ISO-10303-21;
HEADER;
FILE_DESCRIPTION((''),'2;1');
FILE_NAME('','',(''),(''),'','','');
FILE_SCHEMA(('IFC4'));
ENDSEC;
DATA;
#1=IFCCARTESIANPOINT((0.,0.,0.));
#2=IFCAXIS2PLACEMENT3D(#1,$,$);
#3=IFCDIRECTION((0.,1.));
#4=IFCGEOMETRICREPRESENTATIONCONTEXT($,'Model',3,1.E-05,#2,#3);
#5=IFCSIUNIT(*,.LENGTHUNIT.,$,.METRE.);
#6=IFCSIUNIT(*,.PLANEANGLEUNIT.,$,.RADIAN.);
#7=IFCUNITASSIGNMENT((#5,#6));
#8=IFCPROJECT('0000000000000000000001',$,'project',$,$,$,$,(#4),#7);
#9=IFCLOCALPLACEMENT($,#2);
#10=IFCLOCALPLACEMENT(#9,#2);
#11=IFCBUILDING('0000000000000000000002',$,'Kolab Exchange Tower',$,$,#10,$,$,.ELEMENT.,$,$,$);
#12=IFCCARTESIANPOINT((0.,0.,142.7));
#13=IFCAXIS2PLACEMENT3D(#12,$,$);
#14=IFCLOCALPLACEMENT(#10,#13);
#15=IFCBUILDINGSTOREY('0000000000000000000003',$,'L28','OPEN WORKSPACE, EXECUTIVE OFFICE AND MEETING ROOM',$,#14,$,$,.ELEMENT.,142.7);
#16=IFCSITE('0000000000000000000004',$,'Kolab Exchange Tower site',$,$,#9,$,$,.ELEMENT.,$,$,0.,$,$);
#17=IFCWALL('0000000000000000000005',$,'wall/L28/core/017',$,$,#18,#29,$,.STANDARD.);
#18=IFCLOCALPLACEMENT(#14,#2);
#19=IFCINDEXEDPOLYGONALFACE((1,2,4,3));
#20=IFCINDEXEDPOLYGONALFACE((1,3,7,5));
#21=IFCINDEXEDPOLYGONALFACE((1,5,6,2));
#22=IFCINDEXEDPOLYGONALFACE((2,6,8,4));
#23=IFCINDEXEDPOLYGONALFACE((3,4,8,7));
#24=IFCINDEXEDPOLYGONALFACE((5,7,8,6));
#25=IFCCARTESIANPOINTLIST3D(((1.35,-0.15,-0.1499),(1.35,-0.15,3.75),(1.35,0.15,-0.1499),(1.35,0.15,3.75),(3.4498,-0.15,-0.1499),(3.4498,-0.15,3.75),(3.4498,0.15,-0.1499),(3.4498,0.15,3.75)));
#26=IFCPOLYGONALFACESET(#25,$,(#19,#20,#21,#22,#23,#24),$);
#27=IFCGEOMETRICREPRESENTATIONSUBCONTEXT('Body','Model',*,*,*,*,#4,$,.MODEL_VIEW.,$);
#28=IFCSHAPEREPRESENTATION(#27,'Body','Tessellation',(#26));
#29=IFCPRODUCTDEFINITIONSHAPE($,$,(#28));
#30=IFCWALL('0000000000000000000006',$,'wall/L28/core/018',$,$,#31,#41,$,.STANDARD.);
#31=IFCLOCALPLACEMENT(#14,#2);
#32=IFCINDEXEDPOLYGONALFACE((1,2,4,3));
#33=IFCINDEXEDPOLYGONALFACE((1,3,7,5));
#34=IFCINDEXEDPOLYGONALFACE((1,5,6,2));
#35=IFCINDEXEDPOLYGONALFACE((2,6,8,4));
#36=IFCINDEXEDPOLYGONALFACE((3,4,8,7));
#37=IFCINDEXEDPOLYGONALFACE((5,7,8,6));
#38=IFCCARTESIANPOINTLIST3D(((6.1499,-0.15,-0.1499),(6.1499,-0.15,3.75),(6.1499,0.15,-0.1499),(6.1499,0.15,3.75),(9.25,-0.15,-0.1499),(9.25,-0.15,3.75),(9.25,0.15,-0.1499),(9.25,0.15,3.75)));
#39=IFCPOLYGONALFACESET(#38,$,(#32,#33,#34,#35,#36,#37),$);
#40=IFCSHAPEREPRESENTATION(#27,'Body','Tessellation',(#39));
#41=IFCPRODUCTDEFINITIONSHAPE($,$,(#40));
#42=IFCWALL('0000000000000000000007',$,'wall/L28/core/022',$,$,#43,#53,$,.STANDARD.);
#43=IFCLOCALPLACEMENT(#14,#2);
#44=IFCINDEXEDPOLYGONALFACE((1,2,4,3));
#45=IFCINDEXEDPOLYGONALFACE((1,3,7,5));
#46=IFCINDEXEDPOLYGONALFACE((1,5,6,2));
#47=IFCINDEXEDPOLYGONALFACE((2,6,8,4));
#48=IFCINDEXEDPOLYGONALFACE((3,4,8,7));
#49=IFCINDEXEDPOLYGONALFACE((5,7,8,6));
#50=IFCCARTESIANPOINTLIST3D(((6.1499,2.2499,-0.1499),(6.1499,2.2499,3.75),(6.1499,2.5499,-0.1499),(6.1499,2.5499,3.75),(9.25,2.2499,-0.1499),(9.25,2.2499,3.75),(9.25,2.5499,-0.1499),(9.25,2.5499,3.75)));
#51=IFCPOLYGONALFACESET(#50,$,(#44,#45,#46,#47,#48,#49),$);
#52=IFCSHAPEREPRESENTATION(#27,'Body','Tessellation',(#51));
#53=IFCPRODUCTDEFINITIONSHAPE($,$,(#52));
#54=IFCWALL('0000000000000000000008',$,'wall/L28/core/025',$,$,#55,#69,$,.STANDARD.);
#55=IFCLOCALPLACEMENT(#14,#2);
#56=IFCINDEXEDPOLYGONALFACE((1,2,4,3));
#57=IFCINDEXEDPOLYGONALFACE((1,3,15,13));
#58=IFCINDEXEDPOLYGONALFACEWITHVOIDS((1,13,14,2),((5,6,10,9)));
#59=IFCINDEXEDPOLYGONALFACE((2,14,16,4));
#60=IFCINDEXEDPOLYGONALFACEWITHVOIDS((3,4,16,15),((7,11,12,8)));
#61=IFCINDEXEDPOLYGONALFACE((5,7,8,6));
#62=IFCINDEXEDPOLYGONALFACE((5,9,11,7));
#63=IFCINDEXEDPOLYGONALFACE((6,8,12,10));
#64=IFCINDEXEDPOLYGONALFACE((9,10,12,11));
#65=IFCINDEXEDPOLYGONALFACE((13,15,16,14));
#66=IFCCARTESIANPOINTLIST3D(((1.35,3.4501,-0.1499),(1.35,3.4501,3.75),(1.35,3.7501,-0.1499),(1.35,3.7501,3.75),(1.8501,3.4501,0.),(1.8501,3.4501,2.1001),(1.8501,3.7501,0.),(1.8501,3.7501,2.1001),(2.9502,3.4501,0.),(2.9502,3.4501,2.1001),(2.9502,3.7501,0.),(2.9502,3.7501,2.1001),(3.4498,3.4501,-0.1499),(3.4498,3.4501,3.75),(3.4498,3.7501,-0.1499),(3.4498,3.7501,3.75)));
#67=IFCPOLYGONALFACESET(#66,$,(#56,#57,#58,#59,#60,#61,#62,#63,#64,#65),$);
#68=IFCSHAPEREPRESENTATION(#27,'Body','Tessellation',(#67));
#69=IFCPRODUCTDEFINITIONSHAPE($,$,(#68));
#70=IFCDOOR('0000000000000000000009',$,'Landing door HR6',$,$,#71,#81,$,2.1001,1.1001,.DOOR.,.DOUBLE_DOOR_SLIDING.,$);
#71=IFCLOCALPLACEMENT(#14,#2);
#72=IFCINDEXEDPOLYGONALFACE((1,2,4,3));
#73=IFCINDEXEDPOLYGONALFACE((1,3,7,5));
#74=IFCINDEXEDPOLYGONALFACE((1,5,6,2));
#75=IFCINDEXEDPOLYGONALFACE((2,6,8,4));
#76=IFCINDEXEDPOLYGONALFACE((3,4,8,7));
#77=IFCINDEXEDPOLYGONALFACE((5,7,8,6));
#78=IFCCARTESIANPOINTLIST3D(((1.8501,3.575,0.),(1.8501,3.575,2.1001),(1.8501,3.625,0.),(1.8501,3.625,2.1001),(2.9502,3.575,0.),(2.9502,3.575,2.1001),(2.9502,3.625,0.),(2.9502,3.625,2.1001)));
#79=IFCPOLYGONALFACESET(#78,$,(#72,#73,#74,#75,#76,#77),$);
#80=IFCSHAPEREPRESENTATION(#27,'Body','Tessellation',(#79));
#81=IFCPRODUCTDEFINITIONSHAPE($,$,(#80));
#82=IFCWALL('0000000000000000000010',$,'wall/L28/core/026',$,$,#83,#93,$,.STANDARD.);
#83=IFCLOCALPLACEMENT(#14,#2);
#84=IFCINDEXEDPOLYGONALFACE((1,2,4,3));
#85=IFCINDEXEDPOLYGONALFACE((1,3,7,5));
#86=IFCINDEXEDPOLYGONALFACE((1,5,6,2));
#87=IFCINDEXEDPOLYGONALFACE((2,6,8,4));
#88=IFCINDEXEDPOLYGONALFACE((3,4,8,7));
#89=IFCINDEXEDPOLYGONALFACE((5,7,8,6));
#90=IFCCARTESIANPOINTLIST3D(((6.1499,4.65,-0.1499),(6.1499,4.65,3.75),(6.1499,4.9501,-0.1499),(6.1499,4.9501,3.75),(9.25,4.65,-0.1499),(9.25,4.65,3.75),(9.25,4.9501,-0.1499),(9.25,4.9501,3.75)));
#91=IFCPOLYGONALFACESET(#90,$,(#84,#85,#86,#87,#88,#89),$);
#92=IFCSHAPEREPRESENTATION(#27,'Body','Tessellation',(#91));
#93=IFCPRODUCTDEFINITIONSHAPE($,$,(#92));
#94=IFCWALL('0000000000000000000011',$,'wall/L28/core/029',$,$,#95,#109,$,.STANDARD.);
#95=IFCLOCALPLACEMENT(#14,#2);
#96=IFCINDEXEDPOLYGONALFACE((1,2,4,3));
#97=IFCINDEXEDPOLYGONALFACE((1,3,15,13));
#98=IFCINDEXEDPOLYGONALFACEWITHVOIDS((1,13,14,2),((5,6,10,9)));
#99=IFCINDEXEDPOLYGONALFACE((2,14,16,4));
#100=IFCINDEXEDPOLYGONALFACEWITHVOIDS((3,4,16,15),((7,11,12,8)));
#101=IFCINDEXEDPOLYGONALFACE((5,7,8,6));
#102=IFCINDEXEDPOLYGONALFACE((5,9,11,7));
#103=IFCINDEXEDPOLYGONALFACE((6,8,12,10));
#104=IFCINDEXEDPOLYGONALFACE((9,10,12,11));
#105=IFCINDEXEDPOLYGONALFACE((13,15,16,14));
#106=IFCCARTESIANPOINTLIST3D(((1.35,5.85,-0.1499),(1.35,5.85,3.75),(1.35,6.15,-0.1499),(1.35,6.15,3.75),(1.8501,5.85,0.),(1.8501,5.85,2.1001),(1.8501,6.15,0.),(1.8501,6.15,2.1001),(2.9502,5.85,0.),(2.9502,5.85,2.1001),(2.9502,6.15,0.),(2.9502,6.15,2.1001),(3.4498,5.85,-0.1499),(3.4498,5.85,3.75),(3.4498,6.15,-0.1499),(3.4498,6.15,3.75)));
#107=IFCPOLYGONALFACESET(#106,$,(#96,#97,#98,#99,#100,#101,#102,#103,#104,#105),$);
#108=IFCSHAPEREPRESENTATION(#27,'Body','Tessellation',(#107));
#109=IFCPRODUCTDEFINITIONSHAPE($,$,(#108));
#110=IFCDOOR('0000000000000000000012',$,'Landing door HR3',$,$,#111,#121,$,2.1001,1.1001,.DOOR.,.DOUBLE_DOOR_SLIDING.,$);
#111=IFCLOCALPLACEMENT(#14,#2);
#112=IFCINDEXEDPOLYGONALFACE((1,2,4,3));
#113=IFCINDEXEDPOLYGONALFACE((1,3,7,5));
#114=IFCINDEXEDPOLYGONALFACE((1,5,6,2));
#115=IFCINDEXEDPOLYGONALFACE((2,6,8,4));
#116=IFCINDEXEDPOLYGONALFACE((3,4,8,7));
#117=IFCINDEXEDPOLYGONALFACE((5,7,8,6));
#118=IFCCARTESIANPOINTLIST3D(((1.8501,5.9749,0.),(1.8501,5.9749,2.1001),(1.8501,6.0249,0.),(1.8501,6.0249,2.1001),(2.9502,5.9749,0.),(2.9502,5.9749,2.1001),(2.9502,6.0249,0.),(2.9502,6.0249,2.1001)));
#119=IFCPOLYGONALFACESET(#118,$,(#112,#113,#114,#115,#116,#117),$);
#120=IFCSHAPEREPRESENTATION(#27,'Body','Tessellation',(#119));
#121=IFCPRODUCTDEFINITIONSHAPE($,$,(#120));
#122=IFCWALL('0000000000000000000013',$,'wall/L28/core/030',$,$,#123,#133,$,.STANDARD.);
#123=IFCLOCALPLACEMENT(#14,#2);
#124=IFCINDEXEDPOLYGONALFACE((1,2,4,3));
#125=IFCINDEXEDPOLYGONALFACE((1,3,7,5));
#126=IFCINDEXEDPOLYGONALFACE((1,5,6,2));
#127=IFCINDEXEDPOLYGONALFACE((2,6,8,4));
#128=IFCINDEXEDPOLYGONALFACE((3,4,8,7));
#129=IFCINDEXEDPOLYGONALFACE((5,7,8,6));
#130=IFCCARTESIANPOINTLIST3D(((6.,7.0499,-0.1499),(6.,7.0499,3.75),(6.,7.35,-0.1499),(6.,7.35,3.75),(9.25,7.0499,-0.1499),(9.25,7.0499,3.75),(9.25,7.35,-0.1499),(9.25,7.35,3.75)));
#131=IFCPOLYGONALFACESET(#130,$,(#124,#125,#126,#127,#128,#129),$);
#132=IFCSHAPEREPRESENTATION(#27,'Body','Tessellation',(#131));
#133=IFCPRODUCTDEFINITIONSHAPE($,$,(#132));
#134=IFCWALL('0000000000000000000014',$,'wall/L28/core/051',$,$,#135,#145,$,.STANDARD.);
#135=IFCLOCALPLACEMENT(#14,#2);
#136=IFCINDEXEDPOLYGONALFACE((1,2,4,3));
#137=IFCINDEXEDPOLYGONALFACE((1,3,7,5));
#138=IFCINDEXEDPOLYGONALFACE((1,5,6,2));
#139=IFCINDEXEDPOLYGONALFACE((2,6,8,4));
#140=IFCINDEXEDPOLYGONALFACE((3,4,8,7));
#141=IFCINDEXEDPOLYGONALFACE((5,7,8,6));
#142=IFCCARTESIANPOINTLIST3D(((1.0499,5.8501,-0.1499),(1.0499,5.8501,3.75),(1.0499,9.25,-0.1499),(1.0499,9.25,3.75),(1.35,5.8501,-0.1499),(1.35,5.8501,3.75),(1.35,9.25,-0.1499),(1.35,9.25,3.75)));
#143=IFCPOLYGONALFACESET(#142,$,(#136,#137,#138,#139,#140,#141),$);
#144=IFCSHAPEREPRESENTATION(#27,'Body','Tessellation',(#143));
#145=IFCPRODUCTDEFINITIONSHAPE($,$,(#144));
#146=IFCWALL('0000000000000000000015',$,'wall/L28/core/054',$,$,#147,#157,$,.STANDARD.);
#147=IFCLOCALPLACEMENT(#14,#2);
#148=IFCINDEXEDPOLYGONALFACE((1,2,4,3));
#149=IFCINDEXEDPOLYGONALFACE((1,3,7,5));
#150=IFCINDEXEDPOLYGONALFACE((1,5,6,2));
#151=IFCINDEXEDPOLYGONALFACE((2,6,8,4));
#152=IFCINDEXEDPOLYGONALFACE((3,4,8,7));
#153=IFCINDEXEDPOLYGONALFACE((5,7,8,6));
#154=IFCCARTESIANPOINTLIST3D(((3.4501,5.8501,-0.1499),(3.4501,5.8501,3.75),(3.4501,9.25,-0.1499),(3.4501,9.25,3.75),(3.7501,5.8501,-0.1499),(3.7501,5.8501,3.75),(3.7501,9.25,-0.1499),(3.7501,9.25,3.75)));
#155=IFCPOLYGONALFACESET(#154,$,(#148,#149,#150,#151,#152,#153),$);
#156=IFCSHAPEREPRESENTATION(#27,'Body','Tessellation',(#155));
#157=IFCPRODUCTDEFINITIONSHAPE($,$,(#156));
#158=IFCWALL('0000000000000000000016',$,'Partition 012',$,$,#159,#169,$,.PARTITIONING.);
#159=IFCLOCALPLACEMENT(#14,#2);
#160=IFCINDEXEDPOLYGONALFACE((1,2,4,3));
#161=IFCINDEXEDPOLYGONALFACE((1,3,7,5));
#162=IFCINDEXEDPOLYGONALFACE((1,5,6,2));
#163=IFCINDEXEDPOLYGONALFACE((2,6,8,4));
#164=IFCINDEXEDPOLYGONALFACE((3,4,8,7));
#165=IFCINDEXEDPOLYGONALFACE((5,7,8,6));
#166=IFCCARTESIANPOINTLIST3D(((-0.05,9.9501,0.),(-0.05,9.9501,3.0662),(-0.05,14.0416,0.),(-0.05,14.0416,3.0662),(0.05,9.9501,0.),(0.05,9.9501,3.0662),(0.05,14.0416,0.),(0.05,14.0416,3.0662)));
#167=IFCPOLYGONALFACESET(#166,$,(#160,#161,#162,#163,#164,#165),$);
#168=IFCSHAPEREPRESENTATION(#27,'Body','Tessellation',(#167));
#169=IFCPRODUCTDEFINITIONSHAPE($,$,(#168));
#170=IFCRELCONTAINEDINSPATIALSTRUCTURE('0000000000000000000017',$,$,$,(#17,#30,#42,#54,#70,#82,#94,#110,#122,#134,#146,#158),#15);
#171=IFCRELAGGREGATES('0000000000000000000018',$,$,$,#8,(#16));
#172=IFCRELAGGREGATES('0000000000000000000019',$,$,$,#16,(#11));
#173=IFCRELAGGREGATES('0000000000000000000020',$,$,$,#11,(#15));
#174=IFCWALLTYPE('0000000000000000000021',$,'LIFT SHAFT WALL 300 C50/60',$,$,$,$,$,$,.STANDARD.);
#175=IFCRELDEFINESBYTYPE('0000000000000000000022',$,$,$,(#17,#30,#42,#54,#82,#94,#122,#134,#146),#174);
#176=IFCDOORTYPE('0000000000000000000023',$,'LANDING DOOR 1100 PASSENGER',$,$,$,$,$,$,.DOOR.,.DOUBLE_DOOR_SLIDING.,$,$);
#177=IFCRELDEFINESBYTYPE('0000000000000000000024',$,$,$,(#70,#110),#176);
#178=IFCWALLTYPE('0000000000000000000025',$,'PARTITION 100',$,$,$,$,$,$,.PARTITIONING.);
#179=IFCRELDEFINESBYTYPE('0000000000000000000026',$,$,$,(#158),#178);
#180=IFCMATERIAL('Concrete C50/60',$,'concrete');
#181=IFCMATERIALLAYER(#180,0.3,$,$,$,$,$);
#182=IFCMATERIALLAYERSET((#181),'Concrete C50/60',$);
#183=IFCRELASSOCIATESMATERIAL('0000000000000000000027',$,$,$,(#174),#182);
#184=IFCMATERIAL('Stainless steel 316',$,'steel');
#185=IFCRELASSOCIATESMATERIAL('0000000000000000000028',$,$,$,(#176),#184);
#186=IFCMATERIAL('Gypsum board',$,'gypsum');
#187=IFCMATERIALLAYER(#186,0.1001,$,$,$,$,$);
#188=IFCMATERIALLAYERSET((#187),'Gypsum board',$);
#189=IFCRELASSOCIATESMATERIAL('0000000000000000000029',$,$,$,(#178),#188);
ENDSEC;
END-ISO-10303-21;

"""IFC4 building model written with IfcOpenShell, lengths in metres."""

from ifc_helpers import new_model, si_unit, direction, frame, frame_2d, origin, place, context, subcontext, project, spatial, rectangle, extrude, material, layer, layer_set, type_object, element, fill, save


model = new_model("IFC4")

# Units and contexts
model_context = context("Model", 3, precision=1e-05, world=origin(), true_north=direction((0.0, 1.0)))
body_context = subcontext(model_context, "Body", "Model", "MODEL_VIEW")
ifc_project = project(units=[si_unit("LENGTHUNIT", "METRE"), si_unit("PLANEANGLEUNIT", "RADIAN")], contexts=[model_context])

# Site, building, storey
site_placement = place(None, origin())
site = spatial("IfcSite", under=ifc_project, at=site_placement, Name="Kolab Exchange Tower site", CompositionType="ELEMENT", RefElevation=0.0)
building_placement = place(site_placement, origin())
building = spatial("IfcBuilding", under=site, at=building_placement, Name="Kolab Exchange Tower", CompositionType="ELEMENT")
storey_placement = place(building_placement, frame((0.0, 0.0, 142.7)))
storey = spatial("IfcBuildingStorey", under=building, at=storey_placement, Name="L28", Description="OPEN WORKSPACE, EXECUTIVE OFFICE AND MEETING ROOM", CompositionType="ELEMENT", Elevation=142.7)

# Shared definitions
ifc_material_1 = material(Name="Concrete C50/60", Category="concrete")

# Walls
ifc_layer_1 = layer(ifc_material_1, 0.3)
ifc_layer_set_1 = layer_set([ifc_layer_1], Name="Concrete C50/60")
wall_type_1 = type_object("IfcWallType", Name="LIFT SHAFT WALL 300 C50/60", PredefinedType="STANDARD", material=ifc_layer_set_1)
wall_1_placement = place(storey_placement, frame((1.3501, 0.0, -0.1499), z_axis=(0.0, 0.0, 1.0), x_axis=(1.0, 0.0, 0.0)))
element("IfcWall", 1, at=wall_1_placement, inside=storey, type_object=wall_type_1, Name="wall/L28/core/017", PredefinedType="STANDARD", context=body_context, shape_type="SweptSolid", body=[
    extrude(rectangle(XDim=2.0999, YDim=0.3, at=frame_2d((1.0498, 0.0))), origin(), (0.0, 0.0, 1.0), 3.8999),
])
for number, where, z_axis, x_axis, name in (
    (2, (6.1499, 0.0, -0.1499), (0.0, 0.0, 1.0), (1.0, 0.0, 0.0), "wall/L28/core/018"),
    (3, (6.1499, 2.3999, -0.1499), (0.0, 0.0, 1.0), (1.0, 0.0, 0.0), "wall/L28/core/022"),
):
    element("IfcWall", number, at=place(storey_placement, frame(where, z_axis=z_axis, x_axis=x_axis)), inside=storey, type_object=wall_type_1, Name=name, PredefinedType="STANDARD", context=body_context, shape_type="SweptSolid", body=[
        extrude(rectangle(XDim=3.1001, YDim=0.3, at=frame_2d((1.55, 0.0))), origin(), (0.0, 0.0, 1.0), 3.8999),
    ])

# Wall, opening, door
wall_2_placement = place(storey_placement, frame((1.3501, 3.6001, -0.1499), z_axis=(0.0, 0.0, 1.0), x_axis=(1.0, 0.0, 0.0)))
wall_2 = element("IfcWall", 4, at=wall_2_placement, inside=storey, type_object=wall_type_1, Name="wall/L28/core/025", PredefinedType="STANDARD", context=body_context, shape_type="SweptSolid", body=[
    extrude(rectangle(XDim=2.0999, YDim=0.3, at=frame_2d((1.0498, 0.0))), origin(), (0.0, 0.0, 1.0), 3.8999),
])
opening_1_placement = place(wall_2_placement, frame((0.5, 0.0, 0.1499)))
opening_1 = element("IfcOpeningElement", 5, at=opening_1_placement, cuts=wall_2, PredefinedType="OPENING", context=body_context, shape_type="SweptSolid", body=[
    extrude(rectangle(XDim=1.1001, YDim=2.1001, at=frame_2d((0.55, 1.05))), frame((0.0, 0.1602, 0.0), z_axis=(0.0, -1.0, 0.0), x_axis=(1.0, 0.0, 0.0)), (0.0, 0.0, 1.0), 0.3201),
])
ifc_material_2 = material(Name="Stainless steel 316", Category="steel")
door_type_1 = type_object("IfcDoorType", Name="LANDING DOOR 1100 PASSENGER", OperationType="DOUBLE_DOOR_SLIDING", PredefinedType="DOOR", material=ifc_material_2)
door_1_placement = place(opening_1_placement, origin())
door_1 = element("IfcDoor", 6, at=door_1_placement, inside=storey, type_object=door_type_1, Name="Landing door HR6", OperationType="DOUBLE_DOOR_SLIDING", OverallHeight=2.1001, OverallWidth=1.1001, PredefinedType="DOOR", context=body_context, shape_type="SweptSolid", body=[
    extrude(rectangle(XDim=1.1001, YDim=2.1001, at=frame_2d((0.55, 1.05))), frame((0.0, 0.0249, 0.0), z_axis=(0.0, -1.0, 0.0), x_axis=(1.0, 0.0, 0.0)), (0.0, 0.0, 1.0), 0.05),
])
fill(opening_1, door_1)

# Wall
wall_3_placement = place(storey_placement, frame((6.1499, 4.8, -0.1499), z_axis=(0.0, 0.0, 1.0), x_axis=(1.0, 0.0, 0.0)))
element("IfcWall", 7, at=wall_3_placement, inside=storey, type_object=wall_type_1, Name="wall/L28/core/026", PredefinedType="STANDARD", context=body_context, shape_type="SweptSolid", body=[
    extrude(rectangle(XDim=3.1001, YDim=0.3, at=frame_2d((1.55, 0.0))), origin(), (0.0, 0.0, 1.0), 3.8999),
])

# Wall, opening, door
wall_4_placement = place(storey_placement, frame((1.3501, 6.0, -0.1499), z_axis=(0.0, 0.0, 1.0), x_axis=(1.0, 0.0, 0.0)))
wall_4 = element("IfcWall", 8, at=wall_4_placement, inside=storey, type_object=wall_type_1, Name="wall/L28/core/029", PredefinedType="STANDARD", context=body_context, shape_type="SweptSolid", body=[
    extrude(rectangle(XDim=2.0999, YDim=0.3, at=frame_2d((1.0498, 0.0))), origin(), (0.0, 0.0, 1.0), 3.8999),
])
opening_2_placement = place(wall_4_placement, frame((0.5, 0.0, 0.1499)))
opening_2 = element("IfcOpeningElement", 9, at=opening_2_placement, cuts=wall_4, PredefinedType="OPENING", context=body_context, shape_type="SweptSolid", body=[
    extrude(rectangle(XDim=1.1001, YDim=2.1001, at=frame_2d((0.55, 1.05))), frame((0.0, 0.1602, 0.0), z_axis=(0.0, -1.0, 0.0), x_axis=(1.0, 0.0, 0.0)), (0.0, 0.0, 1.0), 0.3201),
])
door_2_placement = place(opening_2_placement, origin())
door_2 = element("IfcDoor", 10, at=door_2_placement, inside=storey, type_object=door_type_1, Name="Landing door HR3", OperationType="DOUBLE_DOOR_SLIDING", OverallHeight=2.1001, OverallWidth=1.1001, PredefinedType="DOOR", context=body_context, shape_type="SweptSolid", body=[
    extrude(rectangle(XDim=1.1001, YDim=2.1001, at=frame_2d((0.55, 1.05))), frame((0.0, 0.0249, 0.0), z_axis=(0.0, -1.0, 0.0), x_axis=(1.0, 0.0, 0.0)), (0.0, 0.0, 1.0), 0.05),
])
fill(opening_2, door_2)

# Walls
wall_5_placement = place(storey_placement, frame((6.0, 7.2, -0.1499), z_axis=(0.0, 0.0, 1.0), x_axis=(1.0, 0.0, 0.0)))
element("IfcWall", 11, at=wall_5_placement, inside=storey, type_object=wall_type_1, Name="wall/L28/core/030", PredefinedType="STANDARD", context=body_context, shape_type="SweptSolid", body=[
    extrude(rectangle(XDim=3.25, YDim=0.3, at=frame_2d((1.625, 0.0))), origin(), (0.0, 0.0, 1.0), 3.8999),
])
for number, where, z_axis, x_axis, name in (
    (12, (1.2, 5.8501, -0.1499), (0.0, 0.0, 1.0), (0.0, 1.0, 0.0), "wall/L28/core/051"),
    (13, (3.6001, 5.8501, -0.1499), (0.0, 0.0, 1.0), (0.0, 1.0, 0.0), "wall/L28/core/054"),
):
    element("IfcWall", number, at=place(storey_placement, frame(where, z_axis=z_axis, x_axis=x_axis)), inside=storey, type_object=wall_type_1, Name=name, PredefinedType="STANDARD", context=body_context, shape_type="SweptSolid", body=[
        extrude(rectangle(XDim=3.3999, YDim=0.3, at=frame_2d((1.7, 0.0))), origin(), (0.0, 0.0, 1.0), 3.8999),
    ])
ifc_material_3 = material(Name="Gypsum board", Category="gypsum")
ifc_layer_2 = layer(ifc_material_3, 0.1001)
ifc_layer_set_2 = layer_set([ifc_layer_2], Name="Gypsum board")
wall_type_2 = type_object("IfcWallType", Name="PARTITION 100", PredefinedType="PARTITIONING", material=ifc_layer_set_2)
wall_6_placement = place(storey_placement, frame((0.0, 9.95, 0.0), z_axis=(0.0, 0.0, 1.0), x_axis=(0.0, 1.0, 0.0)))
element("IfcWall", 14, at=wall_6_placement, inside=storey, type_object=wall_type_2, Name="Partition 012", PredefinedType="PARTITIONING", context=body_context, shape_type="SweptSolid", body=[
    extrude(rectangle(XDim=4.0916, YDim=0.1001, at=frame_2d((2.0459, 0.0))), origin(), (0.0, 0.0, 1.0), 3.0662),
])

save(model, "model.ifc")
